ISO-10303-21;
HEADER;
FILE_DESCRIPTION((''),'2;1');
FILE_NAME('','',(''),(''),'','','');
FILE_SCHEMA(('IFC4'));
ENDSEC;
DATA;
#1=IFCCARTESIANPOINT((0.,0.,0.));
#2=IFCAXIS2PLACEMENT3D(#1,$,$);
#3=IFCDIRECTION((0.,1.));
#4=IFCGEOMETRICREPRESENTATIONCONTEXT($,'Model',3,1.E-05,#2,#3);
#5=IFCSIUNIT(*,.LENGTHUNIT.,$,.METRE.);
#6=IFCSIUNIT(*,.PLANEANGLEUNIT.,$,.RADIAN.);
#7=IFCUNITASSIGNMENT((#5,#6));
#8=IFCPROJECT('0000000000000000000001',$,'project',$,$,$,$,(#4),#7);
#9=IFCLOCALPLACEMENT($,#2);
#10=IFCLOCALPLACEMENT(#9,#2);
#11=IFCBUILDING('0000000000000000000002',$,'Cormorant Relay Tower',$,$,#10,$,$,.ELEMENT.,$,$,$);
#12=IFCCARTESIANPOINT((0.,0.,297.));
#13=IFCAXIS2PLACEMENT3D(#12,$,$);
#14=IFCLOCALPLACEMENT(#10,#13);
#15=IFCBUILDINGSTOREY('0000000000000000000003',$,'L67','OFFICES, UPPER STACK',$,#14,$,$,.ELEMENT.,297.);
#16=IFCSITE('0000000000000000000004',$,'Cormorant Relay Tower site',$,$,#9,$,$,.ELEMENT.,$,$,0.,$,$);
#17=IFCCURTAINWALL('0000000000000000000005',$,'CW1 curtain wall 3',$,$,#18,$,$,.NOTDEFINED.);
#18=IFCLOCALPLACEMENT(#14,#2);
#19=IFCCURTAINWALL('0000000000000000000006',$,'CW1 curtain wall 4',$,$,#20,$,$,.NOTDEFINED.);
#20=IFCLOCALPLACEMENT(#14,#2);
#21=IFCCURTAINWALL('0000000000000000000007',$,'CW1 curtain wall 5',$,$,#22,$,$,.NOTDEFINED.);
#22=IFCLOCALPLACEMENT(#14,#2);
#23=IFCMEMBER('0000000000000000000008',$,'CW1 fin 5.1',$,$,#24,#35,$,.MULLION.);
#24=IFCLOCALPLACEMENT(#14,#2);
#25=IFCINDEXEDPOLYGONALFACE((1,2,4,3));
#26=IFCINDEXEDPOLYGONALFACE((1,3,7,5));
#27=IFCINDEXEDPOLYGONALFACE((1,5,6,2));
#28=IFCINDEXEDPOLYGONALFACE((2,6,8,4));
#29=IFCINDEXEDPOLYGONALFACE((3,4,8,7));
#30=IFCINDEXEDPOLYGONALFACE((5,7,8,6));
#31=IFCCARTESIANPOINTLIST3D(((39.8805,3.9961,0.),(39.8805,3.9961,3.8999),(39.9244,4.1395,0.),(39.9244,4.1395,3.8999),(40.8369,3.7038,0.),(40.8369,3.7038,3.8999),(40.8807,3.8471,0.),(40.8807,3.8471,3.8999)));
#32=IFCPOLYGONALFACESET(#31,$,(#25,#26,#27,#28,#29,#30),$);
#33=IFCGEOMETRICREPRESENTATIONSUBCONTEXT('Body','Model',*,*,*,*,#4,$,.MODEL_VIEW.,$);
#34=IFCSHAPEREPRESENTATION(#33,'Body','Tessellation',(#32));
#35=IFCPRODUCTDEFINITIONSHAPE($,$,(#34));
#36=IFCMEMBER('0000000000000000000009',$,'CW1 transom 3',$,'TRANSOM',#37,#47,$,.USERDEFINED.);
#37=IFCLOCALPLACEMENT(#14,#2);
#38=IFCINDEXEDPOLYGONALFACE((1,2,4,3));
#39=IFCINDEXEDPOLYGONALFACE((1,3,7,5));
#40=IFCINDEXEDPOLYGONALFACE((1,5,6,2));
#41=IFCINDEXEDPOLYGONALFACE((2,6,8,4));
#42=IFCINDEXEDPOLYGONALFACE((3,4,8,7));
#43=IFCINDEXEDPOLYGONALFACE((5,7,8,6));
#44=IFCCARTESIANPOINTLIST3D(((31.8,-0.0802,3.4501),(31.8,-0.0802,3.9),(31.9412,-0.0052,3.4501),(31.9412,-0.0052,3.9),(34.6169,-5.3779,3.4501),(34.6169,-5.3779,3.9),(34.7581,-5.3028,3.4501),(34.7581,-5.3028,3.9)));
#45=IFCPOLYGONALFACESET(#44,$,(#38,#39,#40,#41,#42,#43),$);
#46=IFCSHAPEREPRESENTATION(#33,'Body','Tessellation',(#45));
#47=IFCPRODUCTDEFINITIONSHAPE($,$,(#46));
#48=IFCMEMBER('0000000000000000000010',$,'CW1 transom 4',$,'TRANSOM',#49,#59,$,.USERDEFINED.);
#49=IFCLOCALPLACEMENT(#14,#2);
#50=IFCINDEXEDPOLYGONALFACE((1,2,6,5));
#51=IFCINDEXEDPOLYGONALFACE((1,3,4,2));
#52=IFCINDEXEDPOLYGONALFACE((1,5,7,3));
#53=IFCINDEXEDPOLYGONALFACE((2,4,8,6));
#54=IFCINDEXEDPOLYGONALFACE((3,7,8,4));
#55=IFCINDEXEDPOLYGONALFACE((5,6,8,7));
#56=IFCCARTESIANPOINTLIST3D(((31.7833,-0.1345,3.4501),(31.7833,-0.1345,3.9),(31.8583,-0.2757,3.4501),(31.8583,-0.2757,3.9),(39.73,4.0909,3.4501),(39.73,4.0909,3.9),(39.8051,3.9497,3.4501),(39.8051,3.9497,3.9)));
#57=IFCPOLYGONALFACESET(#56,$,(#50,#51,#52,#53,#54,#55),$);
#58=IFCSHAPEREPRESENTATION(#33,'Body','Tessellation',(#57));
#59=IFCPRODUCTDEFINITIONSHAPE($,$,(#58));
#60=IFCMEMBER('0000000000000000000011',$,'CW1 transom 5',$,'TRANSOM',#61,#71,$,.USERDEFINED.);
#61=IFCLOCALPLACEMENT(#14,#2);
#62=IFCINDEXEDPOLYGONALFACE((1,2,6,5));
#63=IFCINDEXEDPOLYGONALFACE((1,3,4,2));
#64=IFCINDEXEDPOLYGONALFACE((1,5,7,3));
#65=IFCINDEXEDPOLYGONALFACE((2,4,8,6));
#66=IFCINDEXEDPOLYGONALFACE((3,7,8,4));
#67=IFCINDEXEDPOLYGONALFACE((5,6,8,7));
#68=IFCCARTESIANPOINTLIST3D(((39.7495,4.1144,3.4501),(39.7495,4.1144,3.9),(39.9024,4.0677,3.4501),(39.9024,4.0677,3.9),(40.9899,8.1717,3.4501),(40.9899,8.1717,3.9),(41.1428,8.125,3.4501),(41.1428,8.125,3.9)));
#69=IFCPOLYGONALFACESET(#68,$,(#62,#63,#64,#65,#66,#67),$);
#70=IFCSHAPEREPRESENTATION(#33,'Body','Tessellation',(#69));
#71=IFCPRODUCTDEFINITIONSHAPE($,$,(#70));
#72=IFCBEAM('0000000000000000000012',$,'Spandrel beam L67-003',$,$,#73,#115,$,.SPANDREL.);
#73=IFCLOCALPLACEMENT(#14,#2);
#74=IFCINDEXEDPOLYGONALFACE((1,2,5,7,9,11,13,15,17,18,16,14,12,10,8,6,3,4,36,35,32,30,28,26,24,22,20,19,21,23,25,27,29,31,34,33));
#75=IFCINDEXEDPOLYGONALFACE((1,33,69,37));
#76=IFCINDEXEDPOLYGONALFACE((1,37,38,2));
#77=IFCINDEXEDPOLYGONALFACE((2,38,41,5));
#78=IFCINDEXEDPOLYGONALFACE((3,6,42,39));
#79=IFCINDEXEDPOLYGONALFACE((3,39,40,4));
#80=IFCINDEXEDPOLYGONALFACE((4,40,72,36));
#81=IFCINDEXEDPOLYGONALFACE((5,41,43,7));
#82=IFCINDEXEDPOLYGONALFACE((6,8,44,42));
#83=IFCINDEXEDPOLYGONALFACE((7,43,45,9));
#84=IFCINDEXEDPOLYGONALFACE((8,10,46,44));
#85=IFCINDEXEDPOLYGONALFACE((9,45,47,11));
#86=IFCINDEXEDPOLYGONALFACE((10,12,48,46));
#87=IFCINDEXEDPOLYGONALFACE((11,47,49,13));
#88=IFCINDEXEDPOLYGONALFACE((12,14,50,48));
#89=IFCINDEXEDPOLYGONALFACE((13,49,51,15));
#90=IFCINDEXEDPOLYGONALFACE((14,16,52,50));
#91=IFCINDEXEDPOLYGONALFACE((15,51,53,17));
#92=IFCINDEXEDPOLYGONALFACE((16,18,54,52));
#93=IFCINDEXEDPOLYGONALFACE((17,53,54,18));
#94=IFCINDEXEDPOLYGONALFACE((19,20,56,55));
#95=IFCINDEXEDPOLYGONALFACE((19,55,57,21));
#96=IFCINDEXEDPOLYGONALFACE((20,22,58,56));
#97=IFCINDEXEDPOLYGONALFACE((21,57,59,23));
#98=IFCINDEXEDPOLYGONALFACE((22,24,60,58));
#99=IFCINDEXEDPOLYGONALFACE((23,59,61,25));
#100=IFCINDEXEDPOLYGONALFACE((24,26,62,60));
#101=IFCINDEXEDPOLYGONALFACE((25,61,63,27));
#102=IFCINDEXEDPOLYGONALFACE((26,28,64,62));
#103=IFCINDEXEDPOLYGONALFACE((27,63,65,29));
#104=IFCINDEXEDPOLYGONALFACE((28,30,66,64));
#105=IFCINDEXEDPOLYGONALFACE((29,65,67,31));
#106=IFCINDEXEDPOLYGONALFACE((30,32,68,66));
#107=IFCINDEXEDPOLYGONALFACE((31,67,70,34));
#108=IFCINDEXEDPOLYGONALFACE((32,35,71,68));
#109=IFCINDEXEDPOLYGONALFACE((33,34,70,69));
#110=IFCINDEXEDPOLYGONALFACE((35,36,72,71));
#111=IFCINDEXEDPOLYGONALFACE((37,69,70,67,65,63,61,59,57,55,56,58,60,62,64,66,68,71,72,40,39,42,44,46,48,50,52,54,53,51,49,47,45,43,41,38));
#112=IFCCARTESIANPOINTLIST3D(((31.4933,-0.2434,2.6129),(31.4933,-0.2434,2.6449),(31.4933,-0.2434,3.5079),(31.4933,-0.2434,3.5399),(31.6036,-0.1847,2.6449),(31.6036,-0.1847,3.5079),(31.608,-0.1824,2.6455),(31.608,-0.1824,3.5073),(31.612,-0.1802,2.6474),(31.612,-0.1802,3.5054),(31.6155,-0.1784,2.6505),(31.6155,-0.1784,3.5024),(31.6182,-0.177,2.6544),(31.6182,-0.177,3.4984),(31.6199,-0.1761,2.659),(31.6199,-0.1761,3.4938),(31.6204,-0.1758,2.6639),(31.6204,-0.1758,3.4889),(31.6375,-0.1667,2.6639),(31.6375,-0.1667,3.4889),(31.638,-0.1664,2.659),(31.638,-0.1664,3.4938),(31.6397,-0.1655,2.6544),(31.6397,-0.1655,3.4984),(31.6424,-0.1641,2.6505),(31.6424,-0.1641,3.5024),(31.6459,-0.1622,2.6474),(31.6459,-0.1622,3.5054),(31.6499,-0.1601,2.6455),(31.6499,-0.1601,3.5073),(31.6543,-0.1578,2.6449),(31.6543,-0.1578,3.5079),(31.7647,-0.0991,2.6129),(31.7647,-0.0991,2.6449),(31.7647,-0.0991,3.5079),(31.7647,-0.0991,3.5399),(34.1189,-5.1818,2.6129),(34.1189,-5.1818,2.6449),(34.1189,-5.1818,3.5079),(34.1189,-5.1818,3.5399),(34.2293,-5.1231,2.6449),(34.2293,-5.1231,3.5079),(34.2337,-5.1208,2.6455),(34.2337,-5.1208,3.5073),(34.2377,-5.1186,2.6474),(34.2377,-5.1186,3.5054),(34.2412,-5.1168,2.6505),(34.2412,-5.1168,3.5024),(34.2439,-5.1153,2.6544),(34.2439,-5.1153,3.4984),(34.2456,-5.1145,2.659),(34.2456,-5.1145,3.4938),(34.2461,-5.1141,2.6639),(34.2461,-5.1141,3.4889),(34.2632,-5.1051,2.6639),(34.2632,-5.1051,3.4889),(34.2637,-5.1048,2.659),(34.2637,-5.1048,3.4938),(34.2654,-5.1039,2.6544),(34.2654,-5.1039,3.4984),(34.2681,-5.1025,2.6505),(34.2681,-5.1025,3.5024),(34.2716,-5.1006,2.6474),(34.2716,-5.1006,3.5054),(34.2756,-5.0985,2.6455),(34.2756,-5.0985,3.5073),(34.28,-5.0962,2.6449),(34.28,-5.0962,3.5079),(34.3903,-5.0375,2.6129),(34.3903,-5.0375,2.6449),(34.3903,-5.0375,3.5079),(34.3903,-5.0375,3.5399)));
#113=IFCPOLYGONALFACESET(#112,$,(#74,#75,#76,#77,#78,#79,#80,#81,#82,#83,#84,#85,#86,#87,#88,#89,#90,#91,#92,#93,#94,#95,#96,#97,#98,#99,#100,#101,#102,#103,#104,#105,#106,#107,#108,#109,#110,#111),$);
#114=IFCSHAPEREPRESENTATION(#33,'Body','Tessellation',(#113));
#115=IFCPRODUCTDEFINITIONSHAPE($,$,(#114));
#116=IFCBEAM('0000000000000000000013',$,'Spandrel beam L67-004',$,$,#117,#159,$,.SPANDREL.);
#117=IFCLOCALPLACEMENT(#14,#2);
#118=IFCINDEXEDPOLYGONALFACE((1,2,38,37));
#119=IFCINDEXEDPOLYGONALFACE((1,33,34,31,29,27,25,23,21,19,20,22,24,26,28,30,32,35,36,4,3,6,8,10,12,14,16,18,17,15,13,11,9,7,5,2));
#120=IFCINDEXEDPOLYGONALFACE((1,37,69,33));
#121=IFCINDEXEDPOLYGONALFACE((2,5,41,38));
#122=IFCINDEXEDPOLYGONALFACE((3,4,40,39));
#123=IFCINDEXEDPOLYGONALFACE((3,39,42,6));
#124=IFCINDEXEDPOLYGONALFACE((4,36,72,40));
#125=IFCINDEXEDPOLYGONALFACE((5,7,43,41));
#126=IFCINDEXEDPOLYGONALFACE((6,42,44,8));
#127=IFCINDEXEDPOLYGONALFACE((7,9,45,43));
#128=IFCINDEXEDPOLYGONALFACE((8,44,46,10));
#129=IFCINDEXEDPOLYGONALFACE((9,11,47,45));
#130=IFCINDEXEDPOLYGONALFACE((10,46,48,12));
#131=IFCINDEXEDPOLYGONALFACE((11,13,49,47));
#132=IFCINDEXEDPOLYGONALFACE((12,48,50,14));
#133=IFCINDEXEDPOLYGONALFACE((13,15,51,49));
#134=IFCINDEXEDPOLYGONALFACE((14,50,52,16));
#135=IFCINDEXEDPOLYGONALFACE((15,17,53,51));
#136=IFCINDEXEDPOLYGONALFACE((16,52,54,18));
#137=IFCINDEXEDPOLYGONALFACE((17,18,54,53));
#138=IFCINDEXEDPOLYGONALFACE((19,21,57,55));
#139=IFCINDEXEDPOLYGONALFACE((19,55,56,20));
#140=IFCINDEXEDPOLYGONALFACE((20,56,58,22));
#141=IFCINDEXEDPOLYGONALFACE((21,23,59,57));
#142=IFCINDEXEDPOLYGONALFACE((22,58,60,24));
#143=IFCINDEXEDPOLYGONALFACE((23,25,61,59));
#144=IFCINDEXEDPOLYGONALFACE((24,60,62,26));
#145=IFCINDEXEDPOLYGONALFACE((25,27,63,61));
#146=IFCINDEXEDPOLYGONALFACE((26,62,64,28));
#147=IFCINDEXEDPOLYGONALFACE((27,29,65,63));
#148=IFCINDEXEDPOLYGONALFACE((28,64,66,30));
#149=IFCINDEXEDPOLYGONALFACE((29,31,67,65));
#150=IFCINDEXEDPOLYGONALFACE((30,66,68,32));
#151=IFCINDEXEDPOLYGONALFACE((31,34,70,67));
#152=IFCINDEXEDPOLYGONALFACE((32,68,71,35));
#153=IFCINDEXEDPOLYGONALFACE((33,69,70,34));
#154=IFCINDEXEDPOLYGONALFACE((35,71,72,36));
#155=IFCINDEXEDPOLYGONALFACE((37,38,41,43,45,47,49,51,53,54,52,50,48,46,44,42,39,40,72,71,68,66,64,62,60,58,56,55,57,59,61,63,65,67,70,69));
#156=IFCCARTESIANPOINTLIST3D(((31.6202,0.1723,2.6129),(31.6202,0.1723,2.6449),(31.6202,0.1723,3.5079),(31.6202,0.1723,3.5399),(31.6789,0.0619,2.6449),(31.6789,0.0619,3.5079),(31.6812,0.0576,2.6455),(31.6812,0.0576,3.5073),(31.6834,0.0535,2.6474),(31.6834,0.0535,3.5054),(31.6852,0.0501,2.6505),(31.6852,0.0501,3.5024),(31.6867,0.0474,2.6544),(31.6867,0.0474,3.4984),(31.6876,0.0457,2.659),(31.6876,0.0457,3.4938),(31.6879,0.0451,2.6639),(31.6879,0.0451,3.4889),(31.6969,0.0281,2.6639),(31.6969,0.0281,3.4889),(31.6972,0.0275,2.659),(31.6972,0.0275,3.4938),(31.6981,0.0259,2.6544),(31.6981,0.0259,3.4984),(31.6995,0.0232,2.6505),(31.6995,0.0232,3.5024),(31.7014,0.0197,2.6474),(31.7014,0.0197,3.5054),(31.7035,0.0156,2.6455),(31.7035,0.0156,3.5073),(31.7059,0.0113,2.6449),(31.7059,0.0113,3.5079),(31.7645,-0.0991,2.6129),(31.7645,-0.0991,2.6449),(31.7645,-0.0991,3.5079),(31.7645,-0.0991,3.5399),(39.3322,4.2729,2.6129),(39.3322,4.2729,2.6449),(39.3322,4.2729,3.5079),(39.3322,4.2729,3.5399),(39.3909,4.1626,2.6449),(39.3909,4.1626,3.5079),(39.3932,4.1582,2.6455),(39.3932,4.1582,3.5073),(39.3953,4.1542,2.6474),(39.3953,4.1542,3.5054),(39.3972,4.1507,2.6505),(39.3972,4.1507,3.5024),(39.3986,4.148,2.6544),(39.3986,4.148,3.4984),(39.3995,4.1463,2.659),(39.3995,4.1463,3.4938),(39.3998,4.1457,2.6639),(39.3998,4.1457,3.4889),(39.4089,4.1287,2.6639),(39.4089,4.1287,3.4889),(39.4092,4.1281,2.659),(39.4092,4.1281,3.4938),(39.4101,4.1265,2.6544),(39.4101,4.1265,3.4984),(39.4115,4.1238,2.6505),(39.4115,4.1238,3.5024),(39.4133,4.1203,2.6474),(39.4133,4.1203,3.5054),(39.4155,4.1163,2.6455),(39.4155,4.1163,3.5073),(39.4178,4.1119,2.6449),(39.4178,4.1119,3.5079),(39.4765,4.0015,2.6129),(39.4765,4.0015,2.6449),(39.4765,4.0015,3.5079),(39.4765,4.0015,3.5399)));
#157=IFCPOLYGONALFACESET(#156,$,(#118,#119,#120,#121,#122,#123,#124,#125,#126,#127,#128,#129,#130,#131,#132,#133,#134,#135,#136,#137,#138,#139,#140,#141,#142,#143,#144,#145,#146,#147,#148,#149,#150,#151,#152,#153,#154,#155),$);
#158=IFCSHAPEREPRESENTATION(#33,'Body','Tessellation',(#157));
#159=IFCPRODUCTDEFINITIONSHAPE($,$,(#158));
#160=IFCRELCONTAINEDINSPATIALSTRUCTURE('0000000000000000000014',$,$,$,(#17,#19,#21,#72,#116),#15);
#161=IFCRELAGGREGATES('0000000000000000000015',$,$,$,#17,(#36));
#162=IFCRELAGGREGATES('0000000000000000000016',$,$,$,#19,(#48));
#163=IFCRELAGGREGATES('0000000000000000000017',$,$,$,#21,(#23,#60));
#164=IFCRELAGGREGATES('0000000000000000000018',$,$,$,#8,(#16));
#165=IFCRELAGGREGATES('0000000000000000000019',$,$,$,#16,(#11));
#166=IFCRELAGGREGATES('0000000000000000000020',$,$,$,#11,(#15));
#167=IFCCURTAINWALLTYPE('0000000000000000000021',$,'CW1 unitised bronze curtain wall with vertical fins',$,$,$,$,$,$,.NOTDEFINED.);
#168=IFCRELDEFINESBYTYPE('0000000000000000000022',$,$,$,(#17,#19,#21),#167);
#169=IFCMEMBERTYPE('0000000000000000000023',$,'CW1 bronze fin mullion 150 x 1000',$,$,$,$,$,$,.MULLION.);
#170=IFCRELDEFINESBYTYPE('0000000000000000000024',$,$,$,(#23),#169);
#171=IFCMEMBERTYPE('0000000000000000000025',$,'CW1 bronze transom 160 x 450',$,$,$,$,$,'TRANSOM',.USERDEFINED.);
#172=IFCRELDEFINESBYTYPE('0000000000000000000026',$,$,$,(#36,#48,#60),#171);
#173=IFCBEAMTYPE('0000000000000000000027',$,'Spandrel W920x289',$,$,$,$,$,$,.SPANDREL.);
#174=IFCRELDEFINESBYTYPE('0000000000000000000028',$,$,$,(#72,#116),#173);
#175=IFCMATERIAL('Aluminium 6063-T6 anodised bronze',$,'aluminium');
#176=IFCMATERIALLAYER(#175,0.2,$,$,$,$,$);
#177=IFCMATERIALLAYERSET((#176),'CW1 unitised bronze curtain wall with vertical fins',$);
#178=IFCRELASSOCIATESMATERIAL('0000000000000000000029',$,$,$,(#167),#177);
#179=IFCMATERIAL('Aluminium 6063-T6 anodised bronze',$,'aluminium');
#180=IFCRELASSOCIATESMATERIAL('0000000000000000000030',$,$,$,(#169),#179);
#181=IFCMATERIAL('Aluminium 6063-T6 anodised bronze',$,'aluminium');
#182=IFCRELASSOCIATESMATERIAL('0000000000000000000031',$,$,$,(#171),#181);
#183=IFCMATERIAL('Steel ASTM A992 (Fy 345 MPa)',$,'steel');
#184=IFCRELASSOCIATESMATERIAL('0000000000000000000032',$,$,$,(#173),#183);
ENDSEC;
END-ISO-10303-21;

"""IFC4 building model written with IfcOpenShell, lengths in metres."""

from ifc_helpers import new_model, si_unit, direction, frame, origin, origin_2d, place, context, subcontext, project, spatial, rectangle, i_section, extrude, material, layer, layer_set, material_profile, profile_set, type_object, element, aggregate, save


model = new_model("IFC4")

# Units and contexts
model_context = context("Model", 3, precision=1e-05, world=origin(), true_north=direction((0.0, 1.0)))
body_context = subcontext(model_context, "Body", "Model", "MODEL_VIEW")
ifc_project = project(units=[si_unit("LENGTHUNIT", "METRE"), si_unit("PLANEANGLEUNIT", "RADIAN")], contexts=[model_context])

# Site, building, storey
site_placement = place(None, origin())
site = spatial("IfcSite", under=ifc_project, at=site_placement, Name="Cormorant Relay Tower site", CompositionType="ELEMENT", RefElevation=0.0)
building_placement = place(site_placement, origin())
building = spatial("IfcBuilding", under=site, at=building_placement, Name="Cormorant Relay Tower", CompositionType="ELEMENT")
storey_placement = place(building_placement, frame((0.0, 0.0, 297.0)))
storey = spatial("IfcBuildingStorey", under=building, at=storey_placement, Name="L67", Description="OFFICES, UPPER STACK", CompositionType="ELEMENT", Elevation=297.0)

# Curtain wall
ifc_material_1 = material(Name="Aluminium 6063-T6 anodised bronze", Category="aluminium")
ifc_layer_1 = layer(ifc_material_1, 0.2)
ifc_layer_set_1 = layer_set([ifc_layer_1], Name="CW1 unitised bronze curtain wall with vertical fins")
curtain_wall_type = type_object("IfcCurtainWallType", Name="CW1 unitised bronze curtain wall with vertical fins", PredefinedType="NOTDEFINED", material=ifc_layer_set_1)
ifc_material_2 = material(Name="Aluminium 6063-T6 anodised bronze", Category="aluminium")
ifc_material_profile_1 = material_profile(ifc_material_2, rectangle(XDim=0.1499, YDim=1.0, at=origin_2d()), Name="AL 150x1000")
ifc_profile_set_1 = profile_set([ifc_material_profile_1], Name="Aluminium 6063-T6 anodised bronze")
member_type_1 = type_object("IfcMemberType", Name="CW1 bronze fin mullion 150 x 1000", PredefinedType="MULLION", material=ifc_profile_set_1)
curtain_wall_1_placement = place(storey_placement, origin())
curtain_wall_1 = element("IfcCurtainWall", 1, at=curtain_wall_1_placement, inside=storey, type_object=curtain_wall_type, Name="CW1 curtain wall 3", PredefinedType="NOTDEFINED")

# Curtain wall
curtain_wall_2_placement = place(storey_placement, origin())
curtain_wall_2 = element("IfcCurtainWall", 2, at=curtain_wall_2_placement, inside=storey, type_object=curtain_wall_type, Name="CW1 curtain wall 4", PredefinedType="NOTDEFINED")

# Curtain wall, member
curtain_wall_3_placement = place(storey_placement, origin())
curtain_wall_3 = element("IfcCurtainWall", 3, at=curtain_wall_3_placement, inside=storey, type_object=curtain_wall_type, Name="CW1 curtain wall 5", PredefinedType="NOTDEFINED")
member_1_placement = place(storey_placement, frame((40.3806, 3.9216, 0.0), z_axis=(0.0, 0.0, 1.0), x_axis=(0.292372, 0.956305, 0.0)))
member_1 = element("IfcMember", 4, at=member_1_placement, type_object=member_type_1, Name="CW1 fin 5.1", PredefinedType="MULLION", context=body_context, shape_type="SweptSolid", body=[
    extrude(rectangle(XDim=0.1499, YDim=1.0, at=origin_2d()), origin(), (0.0, 0.0, 1.0), 3.8999),
])

# Members
ifc_material_3 = material(Name="Aluminium 6063-T6 anodised bronze", Category="aluminium")
ifc_material_profile_2 = material_profile(ifc_material_3, rectangle(XDim=0.1599, YDim=0.45, at=origin_2d()), Name="AL 160x450")
ifc_profile_set_2 = profile_set([ifc_material_profile_2], Name="Aluminium 6063-T6 anodised bronze")
member_type_2 = type_object("IfcMemberType", Name="CW1 bronze transom 160 x 450", ElementType="TRANSOM", PredefinedType="USERDEFINED", material=ifc_profile_set_2)
member_2_placement = place(storey_placement, frame((34.6875, -5.3403, 3.675), z_axis=(-0.469485, 0.88294, 0.0), x_axis=(-0.88294, -0.469485, 0.0)))
member_2 = element("IfcMember", 5, at=member_2_placement, type_object=member_type_2, Name="CW1 transom 3", ObjectType="TRANSOM", PredefinedType="USERDEFINED", context=body_context, shape_type="SweptSolid", body=[
    extrude(rectangle(XDim=0.1599, YDim=0.45, at=origin_2d()), origin(), (0.0, 0.0, 1.0), 6.0),
])
member_3_placement = place(storey_placement, frame((31.8208, -0.2051, 3.675), z_axis=(0.882949, 0.469469, 0.0), x_axis=(-0.469469, 0.882949, 0.0)))
member_3 = element("IfcMember", 6, at=member_3_placement, type_object=member_type_2, Name="CW1 transom 4", ObjectType="TRANSOM", PredefinedType="USERDEFINED", context=body_context, shape_type="SweptSolid", body=[
    extrude(rectangle(XDim=0.1599, YDim=0.45, at=origin_2d()), origin(), (0.0, 0.0, 1.0), 9.0002),
])
member_4_placement = place(storey_placement, frame((39.8259, 4.0911, 3.675), z_axis=(0.292375, 0.956304, 0.0), x_axis=(-0.956304, 0.292375, 0.0)))
member_4 = element("IfcMember", 7, at=member_4_placement, type_object=member_type_2, Name="CW1 transom 5", ObjectType="TRANSOM", PredefinedType="USERDEFINED", context=body_context, shape_type="SweptSolid", body=[
    extrude(rectangle(XDim=0.1599, YDim=0.45, at=origin_2d()), origin(), (0.0, 0.0, 1.0), 4.2427),
])

# Beams
ifc_material_4 = material(Name="Steel ASTM A992 (Fy 345 MPa)", Category="steel")
ifc_material_profile_3 = material_profile(ifc_material_4, i_section(OverallWidth=0.3074, OverallDepth=0.927, WebThickness=0.0193, FlangeThickness=0.032, FilletRadius=0.019, at=origin_2d()), Name="W920x289")
ifc_profile_set_3 = profile_set([ifc_material_profile_3], Name="Steel ASTM A992 (Fy 345 MPa)")
beam_type = type_object("IfcBeamType", Name="Spandrel W920x289", PredefinedType="SPANDREL", material=ifc_profile_set_3)
beam_1_placement = place(storey_placement, frame((34.2546, -5.1096, 3.0764), z_axis=(-0.469457, 0.882955, 0.0), x_axis=(-0.882955, -0.469457, 0.0)))
element("IfcBeam", 8, at=beam_1_placement, inside=storey, type_object=beam_type, Name="Spandrel beam L67-003", PredefinedType="SPANDREL", context=body_context, shape_type="SweptSolid", body=[
    extrude(i_section(OverallWidth=0.3074, OverallDepth=0.927, WebThickness=0.0193, FlangeThickness=0.032, FilletRadius=0.019, at=origin_2d()), origin(), (0.0, 0.0, 1.0), 5.593),
])
beam_2_placement = place(storey_placement, frame((31.6924, 0.0366, 3.0764), z_axis=(0.882943, 0.469479, 0.0), x_axis=(-0.469479, 0.882943, 0.0)))
element("IfcBeam", 9, at=beam_2_placement, inside=storey, type_object=beam_type, Name="Spandrel beam L67-004", PredefinedType="SPANDREL", context=body_context, shape_type="SweptSolid", body=[
    extrude(i_section(OverallWidth=0.3074, OverallDepth=0.927, WebThickness=0.0193, FlangeThickness=0.032, FilletRadius=0.019, at=origin_2d()), origin(), (0.0, 0.0, 1.0), 8.7344),
])

aggregate(curtain_wall_1, [member_2])

aggregate(curtain_wall_2, [member_3])
aggregate(curtain_wall_3, [member_1, member_4])

save(model, "model.ifc")
